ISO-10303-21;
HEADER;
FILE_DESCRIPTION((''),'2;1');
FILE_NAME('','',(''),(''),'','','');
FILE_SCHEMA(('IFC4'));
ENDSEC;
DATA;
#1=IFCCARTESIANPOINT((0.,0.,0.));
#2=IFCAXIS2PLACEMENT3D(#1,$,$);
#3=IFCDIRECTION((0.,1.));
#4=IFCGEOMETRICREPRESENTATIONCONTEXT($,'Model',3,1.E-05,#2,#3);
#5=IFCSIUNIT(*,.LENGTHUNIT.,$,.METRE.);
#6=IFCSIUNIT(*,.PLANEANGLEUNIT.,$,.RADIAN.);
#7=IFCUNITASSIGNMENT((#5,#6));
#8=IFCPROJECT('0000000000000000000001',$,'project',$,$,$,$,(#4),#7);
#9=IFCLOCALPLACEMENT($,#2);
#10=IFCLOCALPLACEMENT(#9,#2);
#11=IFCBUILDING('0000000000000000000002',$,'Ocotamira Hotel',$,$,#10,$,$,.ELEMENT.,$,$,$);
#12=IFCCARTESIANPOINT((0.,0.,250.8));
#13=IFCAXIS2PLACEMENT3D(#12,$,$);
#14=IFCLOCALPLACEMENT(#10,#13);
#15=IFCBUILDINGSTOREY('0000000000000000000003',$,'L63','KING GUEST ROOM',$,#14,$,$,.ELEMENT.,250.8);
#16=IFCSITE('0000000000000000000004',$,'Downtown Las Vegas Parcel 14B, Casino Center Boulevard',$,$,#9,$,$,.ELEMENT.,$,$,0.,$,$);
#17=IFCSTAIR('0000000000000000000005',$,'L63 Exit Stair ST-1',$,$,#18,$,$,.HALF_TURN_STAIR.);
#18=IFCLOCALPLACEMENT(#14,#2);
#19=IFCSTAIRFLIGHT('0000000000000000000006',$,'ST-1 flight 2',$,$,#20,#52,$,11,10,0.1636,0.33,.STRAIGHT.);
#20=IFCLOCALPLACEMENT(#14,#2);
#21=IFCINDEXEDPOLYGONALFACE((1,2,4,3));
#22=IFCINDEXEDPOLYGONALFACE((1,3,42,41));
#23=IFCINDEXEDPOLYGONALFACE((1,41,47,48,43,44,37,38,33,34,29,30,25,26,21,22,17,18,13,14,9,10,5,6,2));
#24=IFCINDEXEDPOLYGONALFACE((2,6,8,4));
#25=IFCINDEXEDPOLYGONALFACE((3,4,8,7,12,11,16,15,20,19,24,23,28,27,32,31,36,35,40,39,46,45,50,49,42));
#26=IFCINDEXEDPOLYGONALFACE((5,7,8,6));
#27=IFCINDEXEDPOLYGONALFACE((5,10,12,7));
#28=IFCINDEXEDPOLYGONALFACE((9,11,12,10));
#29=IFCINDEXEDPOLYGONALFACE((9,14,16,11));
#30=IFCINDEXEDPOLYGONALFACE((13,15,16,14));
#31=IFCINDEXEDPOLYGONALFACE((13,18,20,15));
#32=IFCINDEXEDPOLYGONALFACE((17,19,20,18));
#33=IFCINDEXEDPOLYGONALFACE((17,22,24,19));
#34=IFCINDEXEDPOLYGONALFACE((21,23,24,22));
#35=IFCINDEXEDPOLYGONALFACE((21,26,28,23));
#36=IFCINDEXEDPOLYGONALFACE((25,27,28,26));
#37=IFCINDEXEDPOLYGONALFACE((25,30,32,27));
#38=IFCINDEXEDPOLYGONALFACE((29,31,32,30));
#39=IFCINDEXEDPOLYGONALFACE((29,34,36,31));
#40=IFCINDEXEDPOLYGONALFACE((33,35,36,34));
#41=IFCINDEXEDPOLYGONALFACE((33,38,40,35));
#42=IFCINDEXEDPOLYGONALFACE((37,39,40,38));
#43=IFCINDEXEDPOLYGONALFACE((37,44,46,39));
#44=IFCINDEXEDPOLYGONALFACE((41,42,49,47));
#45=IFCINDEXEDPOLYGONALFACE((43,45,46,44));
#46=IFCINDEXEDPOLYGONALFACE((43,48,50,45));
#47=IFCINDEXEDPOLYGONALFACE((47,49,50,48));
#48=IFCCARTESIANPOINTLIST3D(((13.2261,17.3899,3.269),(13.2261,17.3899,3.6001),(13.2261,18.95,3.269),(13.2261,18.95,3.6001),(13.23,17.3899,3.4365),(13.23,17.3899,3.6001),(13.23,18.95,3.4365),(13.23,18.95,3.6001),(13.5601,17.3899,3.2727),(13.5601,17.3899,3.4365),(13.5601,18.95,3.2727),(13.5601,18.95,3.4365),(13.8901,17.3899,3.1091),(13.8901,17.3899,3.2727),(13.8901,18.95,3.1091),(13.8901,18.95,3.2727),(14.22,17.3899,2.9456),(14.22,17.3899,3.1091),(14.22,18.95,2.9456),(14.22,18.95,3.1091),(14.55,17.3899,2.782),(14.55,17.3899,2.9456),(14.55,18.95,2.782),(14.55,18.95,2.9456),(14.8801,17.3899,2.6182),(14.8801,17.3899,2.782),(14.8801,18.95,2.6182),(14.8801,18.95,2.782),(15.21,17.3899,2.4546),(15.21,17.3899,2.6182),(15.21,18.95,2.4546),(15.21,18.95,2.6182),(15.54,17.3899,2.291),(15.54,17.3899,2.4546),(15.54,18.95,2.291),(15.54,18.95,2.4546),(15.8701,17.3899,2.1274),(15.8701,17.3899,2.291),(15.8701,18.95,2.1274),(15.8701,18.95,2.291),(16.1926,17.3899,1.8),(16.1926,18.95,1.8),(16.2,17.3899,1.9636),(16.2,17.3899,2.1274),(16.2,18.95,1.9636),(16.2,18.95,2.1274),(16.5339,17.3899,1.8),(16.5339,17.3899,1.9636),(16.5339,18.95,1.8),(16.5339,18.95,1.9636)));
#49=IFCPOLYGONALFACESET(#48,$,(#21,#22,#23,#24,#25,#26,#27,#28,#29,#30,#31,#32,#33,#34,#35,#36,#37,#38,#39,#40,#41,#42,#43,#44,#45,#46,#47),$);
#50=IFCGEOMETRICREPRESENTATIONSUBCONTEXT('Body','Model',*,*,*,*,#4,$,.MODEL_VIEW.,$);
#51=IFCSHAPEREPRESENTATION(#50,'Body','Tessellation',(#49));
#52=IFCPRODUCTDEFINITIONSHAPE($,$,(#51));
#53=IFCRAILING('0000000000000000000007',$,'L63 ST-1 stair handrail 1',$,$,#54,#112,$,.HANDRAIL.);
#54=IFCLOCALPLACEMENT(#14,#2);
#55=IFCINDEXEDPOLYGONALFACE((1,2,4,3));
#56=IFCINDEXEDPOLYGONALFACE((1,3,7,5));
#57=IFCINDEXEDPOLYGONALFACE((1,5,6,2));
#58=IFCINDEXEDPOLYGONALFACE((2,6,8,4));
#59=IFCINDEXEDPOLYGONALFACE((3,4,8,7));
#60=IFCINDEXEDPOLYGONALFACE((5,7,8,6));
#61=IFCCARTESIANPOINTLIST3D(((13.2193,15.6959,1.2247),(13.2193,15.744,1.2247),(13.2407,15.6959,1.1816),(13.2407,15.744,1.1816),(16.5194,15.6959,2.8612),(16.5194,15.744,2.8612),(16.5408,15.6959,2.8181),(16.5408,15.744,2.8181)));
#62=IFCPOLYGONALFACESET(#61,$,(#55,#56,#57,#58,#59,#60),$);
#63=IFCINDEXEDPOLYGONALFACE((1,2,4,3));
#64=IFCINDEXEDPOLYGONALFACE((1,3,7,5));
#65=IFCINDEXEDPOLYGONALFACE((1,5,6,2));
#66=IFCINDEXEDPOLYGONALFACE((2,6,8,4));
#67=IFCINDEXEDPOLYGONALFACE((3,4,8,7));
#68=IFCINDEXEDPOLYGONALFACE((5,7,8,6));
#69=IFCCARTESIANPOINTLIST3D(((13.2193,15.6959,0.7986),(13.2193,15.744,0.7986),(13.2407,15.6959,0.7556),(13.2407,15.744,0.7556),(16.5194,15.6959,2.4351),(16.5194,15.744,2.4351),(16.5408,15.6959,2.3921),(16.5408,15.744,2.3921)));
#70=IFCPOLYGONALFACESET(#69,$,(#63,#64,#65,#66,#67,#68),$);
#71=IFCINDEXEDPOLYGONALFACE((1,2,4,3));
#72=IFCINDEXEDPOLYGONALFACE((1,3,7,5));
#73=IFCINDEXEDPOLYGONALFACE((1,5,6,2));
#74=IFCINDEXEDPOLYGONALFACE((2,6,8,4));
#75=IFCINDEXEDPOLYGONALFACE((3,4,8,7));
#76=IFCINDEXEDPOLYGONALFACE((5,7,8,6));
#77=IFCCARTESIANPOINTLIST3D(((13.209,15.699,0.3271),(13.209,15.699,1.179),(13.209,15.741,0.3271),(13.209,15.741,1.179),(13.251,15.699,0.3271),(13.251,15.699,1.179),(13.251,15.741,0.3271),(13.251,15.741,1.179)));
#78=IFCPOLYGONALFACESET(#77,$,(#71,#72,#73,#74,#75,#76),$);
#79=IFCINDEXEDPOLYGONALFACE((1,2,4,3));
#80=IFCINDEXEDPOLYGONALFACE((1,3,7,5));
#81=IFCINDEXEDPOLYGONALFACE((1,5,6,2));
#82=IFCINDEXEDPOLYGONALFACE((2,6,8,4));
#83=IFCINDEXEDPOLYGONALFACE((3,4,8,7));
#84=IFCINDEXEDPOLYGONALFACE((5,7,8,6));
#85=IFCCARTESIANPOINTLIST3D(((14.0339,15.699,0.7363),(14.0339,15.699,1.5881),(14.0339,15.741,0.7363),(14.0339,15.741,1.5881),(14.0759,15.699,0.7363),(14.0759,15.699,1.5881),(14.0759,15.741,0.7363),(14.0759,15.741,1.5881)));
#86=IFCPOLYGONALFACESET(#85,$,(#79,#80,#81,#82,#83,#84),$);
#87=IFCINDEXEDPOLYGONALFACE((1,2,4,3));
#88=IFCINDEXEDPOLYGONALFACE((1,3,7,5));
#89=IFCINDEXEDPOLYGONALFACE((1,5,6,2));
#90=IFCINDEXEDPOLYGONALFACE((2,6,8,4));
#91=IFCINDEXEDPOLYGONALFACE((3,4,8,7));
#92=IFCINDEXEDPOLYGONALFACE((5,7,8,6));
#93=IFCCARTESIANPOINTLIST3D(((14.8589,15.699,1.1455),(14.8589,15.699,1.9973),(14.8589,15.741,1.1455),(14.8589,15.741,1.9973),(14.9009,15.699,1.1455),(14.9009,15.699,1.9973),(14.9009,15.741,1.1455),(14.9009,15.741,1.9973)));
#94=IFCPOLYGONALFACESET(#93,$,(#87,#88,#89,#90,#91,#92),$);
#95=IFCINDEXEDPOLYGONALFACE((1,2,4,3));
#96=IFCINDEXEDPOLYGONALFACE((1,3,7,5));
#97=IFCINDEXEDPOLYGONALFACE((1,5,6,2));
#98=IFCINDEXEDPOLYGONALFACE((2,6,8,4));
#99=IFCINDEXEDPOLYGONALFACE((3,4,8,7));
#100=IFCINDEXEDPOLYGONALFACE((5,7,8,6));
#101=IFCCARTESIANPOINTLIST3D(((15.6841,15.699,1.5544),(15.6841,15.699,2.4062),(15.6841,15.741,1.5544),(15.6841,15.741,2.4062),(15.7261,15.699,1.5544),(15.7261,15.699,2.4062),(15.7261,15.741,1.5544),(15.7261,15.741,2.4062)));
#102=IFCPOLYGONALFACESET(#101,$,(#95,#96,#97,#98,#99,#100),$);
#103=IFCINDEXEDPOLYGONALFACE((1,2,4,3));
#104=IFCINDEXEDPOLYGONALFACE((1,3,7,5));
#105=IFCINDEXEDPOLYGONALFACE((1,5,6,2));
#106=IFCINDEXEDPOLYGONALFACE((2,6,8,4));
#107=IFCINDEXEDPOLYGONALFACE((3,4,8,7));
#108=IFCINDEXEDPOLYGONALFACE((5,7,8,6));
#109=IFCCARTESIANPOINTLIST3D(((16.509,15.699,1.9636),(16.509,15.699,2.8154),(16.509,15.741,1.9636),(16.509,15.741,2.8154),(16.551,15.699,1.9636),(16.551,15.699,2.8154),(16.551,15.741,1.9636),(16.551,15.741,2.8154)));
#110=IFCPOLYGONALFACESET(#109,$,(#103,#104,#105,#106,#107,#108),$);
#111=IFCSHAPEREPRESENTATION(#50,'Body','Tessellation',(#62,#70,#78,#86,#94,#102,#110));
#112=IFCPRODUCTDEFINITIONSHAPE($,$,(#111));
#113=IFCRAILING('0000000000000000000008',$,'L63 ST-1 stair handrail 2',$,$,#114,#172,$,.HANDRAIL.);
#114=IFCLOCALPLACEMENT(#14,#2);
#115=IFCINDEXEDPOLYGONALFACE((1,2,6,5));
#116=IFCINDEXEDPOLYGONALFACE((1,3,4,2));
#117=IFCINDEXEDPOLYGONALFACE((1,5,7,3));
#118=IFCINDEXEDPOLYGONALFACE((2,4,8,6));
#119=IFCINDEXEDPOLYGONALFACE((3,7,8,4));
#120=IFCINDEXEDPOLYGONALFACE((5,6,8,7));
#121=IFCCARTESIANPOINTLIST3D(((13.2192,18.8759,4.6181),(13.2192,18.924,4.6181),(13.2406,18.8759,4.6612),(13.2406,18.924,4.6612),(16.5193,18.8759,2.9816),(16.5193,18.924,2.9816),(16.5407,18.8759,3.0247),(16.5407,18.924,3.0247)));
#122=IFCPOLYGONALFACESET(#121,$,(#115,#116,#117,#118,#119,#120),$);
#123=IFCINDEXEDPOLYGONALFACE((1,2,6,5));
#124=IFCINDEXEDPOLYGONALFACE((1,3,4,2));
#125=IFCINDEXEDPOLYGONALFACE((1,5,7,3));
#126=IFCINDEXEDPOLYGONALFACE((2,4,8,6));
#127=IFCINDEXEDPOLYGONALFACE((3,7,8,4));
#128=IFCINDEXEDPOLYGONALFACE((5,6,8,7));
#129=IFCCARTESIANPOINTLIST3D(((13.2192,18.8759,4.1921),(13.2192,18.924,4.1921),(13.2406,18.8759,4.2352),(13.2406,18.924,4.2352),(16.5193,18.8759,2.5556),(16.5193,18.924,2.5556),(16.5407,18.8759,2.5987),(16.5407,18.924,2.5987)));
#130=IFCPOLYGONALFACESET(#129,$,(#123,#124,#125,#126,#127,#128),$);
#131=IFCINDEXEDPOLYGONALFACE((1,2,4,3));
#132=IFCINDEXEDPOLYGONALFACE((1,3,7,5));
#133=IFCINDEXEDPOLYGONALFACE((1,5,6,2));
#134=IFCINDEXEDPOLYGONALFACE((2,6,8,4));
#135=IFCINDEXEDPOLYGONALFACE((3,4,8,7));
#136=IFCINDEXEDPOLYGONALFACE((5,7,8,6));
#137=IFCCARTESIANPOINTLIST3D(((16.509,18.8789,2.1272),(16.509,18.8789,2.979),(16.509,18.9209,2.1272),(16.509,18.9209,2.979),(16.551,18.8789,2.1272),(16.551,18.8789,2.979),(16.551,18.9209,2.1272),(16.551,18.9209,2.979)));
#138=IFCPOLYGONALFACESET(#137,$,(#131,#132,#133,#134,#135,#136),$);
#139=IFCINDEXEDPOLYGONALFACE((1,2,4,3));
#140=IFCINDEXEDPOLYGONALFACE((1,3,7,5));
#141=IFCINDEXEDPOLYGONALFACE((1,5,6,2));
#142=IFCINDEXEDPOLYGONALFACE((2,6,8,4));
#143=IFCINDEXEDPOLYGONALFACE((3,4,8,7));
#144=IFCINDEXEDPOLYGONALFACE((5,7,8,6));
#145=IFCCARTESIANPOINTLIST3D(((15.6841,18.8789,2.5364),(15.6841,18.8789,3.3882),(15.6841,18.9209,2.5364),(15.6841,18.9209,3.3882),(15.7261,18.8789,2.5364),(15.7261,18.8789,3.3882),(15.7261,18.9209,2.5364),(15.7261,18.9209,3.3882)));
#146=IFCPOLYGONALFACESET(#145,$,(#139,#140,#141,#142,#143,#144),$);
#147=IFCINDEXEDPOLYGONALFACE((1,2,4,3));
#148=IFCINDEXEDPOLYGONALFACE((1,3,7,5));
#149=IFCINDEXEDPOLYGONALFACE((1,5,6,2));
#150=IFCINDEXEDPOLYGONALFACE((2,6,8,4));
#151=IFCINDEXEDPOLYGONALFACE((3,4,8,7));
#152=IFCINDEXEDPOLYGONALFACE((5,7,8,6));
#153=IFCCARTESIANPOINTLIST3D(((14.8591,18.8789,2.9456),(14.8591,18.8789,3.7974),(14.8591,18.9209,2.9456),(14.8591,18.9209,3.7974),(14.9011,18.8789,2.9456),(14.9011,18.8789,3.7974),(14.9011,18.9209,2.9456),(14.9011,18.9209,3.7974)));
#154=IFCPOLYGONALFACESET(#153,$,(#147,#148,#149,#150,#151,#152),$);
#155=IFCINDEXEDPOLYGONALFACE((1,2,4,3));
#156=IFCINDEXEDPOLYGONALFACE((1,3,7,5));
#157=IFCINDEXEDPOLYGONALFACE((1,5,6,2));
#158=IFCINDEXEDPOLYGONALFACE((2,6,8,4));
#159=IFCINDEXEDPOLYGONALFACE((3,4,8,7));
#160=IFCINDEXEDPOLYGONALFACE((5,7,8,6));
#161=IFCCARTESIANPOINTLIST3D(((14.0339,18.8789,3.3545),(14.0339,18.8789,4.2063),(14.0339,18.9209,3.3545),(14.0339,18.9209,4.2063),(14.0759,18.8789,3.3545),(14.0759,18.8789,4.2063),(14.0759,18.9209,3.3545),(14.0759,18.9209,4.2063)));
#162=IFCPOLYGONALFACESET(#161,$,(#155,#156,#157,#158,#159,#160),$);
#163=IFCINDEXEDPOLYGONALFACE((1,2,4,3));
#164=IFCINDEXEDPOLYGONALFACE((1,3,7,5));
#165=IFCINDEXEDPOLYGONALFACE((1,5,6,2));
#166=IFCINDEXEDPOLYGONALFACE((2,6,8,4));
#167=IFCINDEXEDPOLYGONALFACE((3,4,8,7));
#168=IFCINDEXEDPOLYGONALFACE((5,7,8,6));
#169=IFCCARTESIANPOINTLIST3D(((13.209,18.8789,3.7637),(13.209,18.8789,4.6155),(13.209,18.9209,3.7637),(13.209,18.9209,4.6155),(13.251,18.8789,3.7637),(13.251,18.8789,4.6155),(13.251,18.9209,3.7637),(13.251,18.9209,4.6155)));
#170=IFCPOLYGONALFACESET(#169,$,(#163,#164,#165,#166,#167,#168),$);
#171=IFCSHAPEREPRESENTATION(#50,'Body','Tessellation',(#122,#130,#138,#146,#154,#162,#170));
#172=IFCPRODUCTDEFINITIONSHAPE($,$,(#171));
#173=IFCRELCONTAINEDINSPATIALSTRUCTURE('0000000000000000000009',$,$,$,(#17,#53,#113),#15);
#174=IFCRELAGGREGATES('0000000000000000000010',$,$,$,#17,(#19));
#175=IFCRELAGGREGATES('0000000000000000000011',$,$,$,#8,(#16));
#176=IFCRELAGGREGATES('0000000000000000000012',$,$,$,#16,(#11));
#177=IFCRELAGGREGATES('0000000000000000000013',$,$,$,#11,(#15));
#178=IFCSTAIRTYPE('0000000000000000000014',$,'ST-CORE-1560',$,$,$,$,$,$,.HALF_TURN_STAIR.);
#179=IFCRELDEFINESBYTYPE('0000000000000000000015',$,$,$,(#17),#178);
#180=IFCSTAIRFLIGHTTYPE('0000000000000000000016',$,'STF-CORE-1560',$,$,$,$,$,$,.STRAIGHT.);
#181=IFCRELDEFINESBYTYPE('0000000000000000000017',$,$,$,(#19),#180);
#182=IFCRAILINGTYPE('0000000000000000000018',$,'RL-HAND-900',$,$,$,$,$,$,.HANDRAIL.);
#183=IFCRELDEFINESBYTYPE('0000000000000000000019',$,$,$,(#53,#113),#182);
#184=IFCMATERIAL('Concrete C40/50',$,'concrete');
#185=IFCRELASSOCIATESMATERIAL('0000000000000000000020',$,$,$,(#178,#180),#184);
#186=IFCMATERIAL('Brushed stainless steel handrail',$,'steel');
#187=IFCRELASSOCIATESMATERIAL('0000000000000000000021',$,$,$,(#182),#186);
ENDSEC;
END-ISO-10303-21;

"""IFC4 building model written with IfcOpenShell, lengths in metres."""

from ifc_helpers import new_model, si_unit, direction, frame, origin, origin_2d, place, context, subcontext, project, spatial, polyline, rectangle, outline, extrude, source, transform, mapped, material, type_object, element, aggregate, save


model = new_model("IFC4")

# Units and contexts
model_context = context("Model", 3, precision=1e-05, world=origin(), true_north=direction((0.0, 1.0)))
body_context = subcontext(model_context, "Body", "Model", "MODEL_VIEW")
ifc_project = project(units=[si_unit("LENGTHUNIT", "METRE"), si_unit("PLANEANGLEUNIT", "RADIAN")], contexts=[model_context])

# Site, building, storey
site_placement = place(None, origin())
site = spatial("IfcSite", under=ifc_project, at=site_placement, Name="Downtown Las Vegas Parcel 14B, Casino Center Boulevard", CompositionType="ELEMENT", RefElevation=0.0)
building_placement = place(site_placement, origin())
building = spatial("IfcBuilding", under=site, at=building_placement, Name="Ocotamira Hotel", CompositionType="ELEMENT")
storey_placement = place(building_placement, frame((0.0, 0.0, 250.8)))
storey = spatial("IfcBuildingStorey", under=building, at=storey_placement, Name="L63", Description="KING GUEST ROOM", CompositionType="ELEMENT", Elevation=250.8)

# Stair, stair flight
ifc_material_1 = material(Name="Concrete C40/50", Category="concrete")
stair_type = type_object("IfcStairType", Name="ST-CORE-1560", PredefinedType="HALF_TURN_STAIR", material=ifc_material_1)
stair_placement = place(storey_placement, origin())
stair = element("IfcStair", 1, at=stair_placement, inside=storey, type_object=stair_type, Name="L63 Exit Stair ST-1", PredefinedType="HALF_TURN_STAIR")
stair_flight_type = type_object("IfcStairFlightType", Name="STF-CORE-1560", PredefinedType="STRAIGHT", material=ifc_material_1)
shared_shape_1 = source(origin(), body_context, "Body", "SweptSolid", [
    extrude(outline(polyline([(-0.0039, 0.0), (-0.0039, 0.1636), (0.3301, 0.1636), (0.3301, 0.3274), (0.6599, 0.3274), (0.6599, 0.491), (0.99, 0.491), (0.99, 0.6545), (1.3201, 0.6545), (1.3201, 0.8181), (1.6499, 0.8181), (1.6499, 0.9819), (1.98, 0.9819), (1.98, 1.1455), (2.3101, 1.1455), (2.3101, 1.3091), (2.6399, 1.3091), (2.6399, 1.4727), (2.97, 1.4727), (2.97, 1.6365), (3.3, 1.6365), (3.3, 1.8), (3.304, 1.8), (3.304, 1.469), (0.3374, 0.0), (-0.0039, 0.0)])), frame((0.0, 0.78, 0.0), z_axis=(0.0, -1.0, 0.0), x_axis=(1.0, 0.0, 0.0)), (0.0, 0.0, 1.0), 1.5601),
])
stair_flight_1_placement = place(storey_placement, frame((16.53, 18.1699, 1.8), z_axis=(0.0, 0.0, 1.0), x_axis=(-1.0, 0.0, 0.0)))
stair_flight_1 = element("IfcStairFlight", 2, at=stair_flight_1_placement, type_object=stair_flight_type, Name="ST-1 flight 2", NumberOfRisers=11, NumberOfTreads=10, PredefinedType="STRAIGHT", RiserHeight=0.1636, TreadLength=0.33, context=body_context, shape_type="MappedRepresentation", body=[
    mapped(shared_shape_1, transform((0.0, 0.0, 0.0), scale=1.0)),
])
aggregate(stair, [stair_flight_1])

# Railings
ifc_material_2 = material(Name="Brushed stainless steel handrail", Category="steel")
railing_type_1 = type_object("IfcRailingType", Name="RL-HAND-900", PredefinedType="HANDRAIL", material=ifc_material_2)
railing_1_placement = place(storey_placement, frame((13.23, 15.72, 0.3271)))
element("IfcRailing", 3, at=railing_1_placement, inside=storey, type_object=railing_type_1, Name="L63 ST-1 stair handrail 1", PredefinedType="HANDRAIL", context=body_context, shape_type="SweptSolid", body=[
    extrude(rectangle(XDim=0.0481, YDim=0.0481, at=origin_2d()), frame((0.0, 0.0, 0.876), z_axis=(0.895894, 0.0, 0.444268), x_axis=(0.0, 1.0, 0.0)), (0.0, 0.0, 1.0), 3.6836),
    extrude(rectangle(XDim=0.0481, YDim=0.0481, at=origin_2d()), frame((0.0, 0.0, 0.45), z_axis=(0.895894, 0.0, 0.444268), x_axis=(0.0, 1.0, 0.0)), (0.0, 0.0, 1.0), 3.6836),
    extrude(rectangle(XDim=0.042, YDim=0.042, at=origin_2d()), origin(), (0.0, 0.0, 1.0), 0.8518),
    extrude(rectangle(XDim=0.042, YDim=0.042, at=origin_2d()), frame((0.825, 0.0, 0.4092)), (0.0, 0.0, 1.0), 0.8518),
    extrude(rectangle(XDim=0.042, YDim=0.042, at=origin_2d()), frame((1.6499, 0.0, 0.8184)), (0.0, 0.0, 1.0), 0.8518),
    extrude(rectangle(XDim=0.042, YDim=0.042, at=origin_2d()), frame((2.4751, 0.0, 1.2273)), (0.0, 0.0, 1.0), 0.8518),
    extrude(rectangle(XDim=0.042, YDim=0.042, at=origin_2d()), frame((3.3, 0.0, 1.6365)), (0.0, 0.0, 1.0), 0.8518),
])
railing_2_placement = place(storey_placement, frame((16.53, 18.8999, 2.1272)))
element("IfcRailing", 4, at=railing_2_placement, inside=storey, type_object=railing_type_1, Name="L63 ST-1 stair handrail 2", PredefinedType="HANDRAIL", context=body_context, shape_type="SweptSolid", body=[
    extrude(rectangle(XDim=0.0481, YDim=0.0481, at=origin_2d()), frame((0.0, 0.0, 0.876), z_axis=(-0.895894, 0.0, 0.444268), x_axis=(0.0, -1.0, 0.0)), (0.0, 0.0, 1.0), 3.6836),
    extrude(rectangle(XDim=0.0481, YDim=0.0481, at=origin_2d()), frame((0.0, 0.0, 0.45), z_axis=(-0.895894, 0.0, 0.444268), x_axis=(0.0, -1.0, 0.0)), (0.0, 0.0, 1.0), 3.6836),
    extrude(rectangle(XDim=0.042, YDim=0.042, at=origin_2d()), origin(), (0.0, 0.0, 1.0), 0.8518),
    extrude(rectangle(XDim=0.042, YDim=0.042, at=origin_2d()), frame((-0.825, 0.0, 0.4092)), (0.0, 0.0, 1.0), 0.8518),
    extrude(rectangle(XDim=0.042, YDim=0.042, at=origin_2d()), frame((-1.6499, 0.0, 0.8184)), (0.0, 0.0, 1.0), 0.8518),
    extrude(rectangle(XDim=0.042, YDim=0.042, at=origin_2d()), frame((-2.4751, 0.0, 1.2273)), (0.0, 0.0, 1.0), 0.8518),
    extrude(rectangle(XDim=0.042, YDim=0.042, at=origin_2d()), frame((-3.3, 0.0, 1.6365)), (0.0, 0.0, 1.0), 0.8518),
])

save(model, "model.ifc")
